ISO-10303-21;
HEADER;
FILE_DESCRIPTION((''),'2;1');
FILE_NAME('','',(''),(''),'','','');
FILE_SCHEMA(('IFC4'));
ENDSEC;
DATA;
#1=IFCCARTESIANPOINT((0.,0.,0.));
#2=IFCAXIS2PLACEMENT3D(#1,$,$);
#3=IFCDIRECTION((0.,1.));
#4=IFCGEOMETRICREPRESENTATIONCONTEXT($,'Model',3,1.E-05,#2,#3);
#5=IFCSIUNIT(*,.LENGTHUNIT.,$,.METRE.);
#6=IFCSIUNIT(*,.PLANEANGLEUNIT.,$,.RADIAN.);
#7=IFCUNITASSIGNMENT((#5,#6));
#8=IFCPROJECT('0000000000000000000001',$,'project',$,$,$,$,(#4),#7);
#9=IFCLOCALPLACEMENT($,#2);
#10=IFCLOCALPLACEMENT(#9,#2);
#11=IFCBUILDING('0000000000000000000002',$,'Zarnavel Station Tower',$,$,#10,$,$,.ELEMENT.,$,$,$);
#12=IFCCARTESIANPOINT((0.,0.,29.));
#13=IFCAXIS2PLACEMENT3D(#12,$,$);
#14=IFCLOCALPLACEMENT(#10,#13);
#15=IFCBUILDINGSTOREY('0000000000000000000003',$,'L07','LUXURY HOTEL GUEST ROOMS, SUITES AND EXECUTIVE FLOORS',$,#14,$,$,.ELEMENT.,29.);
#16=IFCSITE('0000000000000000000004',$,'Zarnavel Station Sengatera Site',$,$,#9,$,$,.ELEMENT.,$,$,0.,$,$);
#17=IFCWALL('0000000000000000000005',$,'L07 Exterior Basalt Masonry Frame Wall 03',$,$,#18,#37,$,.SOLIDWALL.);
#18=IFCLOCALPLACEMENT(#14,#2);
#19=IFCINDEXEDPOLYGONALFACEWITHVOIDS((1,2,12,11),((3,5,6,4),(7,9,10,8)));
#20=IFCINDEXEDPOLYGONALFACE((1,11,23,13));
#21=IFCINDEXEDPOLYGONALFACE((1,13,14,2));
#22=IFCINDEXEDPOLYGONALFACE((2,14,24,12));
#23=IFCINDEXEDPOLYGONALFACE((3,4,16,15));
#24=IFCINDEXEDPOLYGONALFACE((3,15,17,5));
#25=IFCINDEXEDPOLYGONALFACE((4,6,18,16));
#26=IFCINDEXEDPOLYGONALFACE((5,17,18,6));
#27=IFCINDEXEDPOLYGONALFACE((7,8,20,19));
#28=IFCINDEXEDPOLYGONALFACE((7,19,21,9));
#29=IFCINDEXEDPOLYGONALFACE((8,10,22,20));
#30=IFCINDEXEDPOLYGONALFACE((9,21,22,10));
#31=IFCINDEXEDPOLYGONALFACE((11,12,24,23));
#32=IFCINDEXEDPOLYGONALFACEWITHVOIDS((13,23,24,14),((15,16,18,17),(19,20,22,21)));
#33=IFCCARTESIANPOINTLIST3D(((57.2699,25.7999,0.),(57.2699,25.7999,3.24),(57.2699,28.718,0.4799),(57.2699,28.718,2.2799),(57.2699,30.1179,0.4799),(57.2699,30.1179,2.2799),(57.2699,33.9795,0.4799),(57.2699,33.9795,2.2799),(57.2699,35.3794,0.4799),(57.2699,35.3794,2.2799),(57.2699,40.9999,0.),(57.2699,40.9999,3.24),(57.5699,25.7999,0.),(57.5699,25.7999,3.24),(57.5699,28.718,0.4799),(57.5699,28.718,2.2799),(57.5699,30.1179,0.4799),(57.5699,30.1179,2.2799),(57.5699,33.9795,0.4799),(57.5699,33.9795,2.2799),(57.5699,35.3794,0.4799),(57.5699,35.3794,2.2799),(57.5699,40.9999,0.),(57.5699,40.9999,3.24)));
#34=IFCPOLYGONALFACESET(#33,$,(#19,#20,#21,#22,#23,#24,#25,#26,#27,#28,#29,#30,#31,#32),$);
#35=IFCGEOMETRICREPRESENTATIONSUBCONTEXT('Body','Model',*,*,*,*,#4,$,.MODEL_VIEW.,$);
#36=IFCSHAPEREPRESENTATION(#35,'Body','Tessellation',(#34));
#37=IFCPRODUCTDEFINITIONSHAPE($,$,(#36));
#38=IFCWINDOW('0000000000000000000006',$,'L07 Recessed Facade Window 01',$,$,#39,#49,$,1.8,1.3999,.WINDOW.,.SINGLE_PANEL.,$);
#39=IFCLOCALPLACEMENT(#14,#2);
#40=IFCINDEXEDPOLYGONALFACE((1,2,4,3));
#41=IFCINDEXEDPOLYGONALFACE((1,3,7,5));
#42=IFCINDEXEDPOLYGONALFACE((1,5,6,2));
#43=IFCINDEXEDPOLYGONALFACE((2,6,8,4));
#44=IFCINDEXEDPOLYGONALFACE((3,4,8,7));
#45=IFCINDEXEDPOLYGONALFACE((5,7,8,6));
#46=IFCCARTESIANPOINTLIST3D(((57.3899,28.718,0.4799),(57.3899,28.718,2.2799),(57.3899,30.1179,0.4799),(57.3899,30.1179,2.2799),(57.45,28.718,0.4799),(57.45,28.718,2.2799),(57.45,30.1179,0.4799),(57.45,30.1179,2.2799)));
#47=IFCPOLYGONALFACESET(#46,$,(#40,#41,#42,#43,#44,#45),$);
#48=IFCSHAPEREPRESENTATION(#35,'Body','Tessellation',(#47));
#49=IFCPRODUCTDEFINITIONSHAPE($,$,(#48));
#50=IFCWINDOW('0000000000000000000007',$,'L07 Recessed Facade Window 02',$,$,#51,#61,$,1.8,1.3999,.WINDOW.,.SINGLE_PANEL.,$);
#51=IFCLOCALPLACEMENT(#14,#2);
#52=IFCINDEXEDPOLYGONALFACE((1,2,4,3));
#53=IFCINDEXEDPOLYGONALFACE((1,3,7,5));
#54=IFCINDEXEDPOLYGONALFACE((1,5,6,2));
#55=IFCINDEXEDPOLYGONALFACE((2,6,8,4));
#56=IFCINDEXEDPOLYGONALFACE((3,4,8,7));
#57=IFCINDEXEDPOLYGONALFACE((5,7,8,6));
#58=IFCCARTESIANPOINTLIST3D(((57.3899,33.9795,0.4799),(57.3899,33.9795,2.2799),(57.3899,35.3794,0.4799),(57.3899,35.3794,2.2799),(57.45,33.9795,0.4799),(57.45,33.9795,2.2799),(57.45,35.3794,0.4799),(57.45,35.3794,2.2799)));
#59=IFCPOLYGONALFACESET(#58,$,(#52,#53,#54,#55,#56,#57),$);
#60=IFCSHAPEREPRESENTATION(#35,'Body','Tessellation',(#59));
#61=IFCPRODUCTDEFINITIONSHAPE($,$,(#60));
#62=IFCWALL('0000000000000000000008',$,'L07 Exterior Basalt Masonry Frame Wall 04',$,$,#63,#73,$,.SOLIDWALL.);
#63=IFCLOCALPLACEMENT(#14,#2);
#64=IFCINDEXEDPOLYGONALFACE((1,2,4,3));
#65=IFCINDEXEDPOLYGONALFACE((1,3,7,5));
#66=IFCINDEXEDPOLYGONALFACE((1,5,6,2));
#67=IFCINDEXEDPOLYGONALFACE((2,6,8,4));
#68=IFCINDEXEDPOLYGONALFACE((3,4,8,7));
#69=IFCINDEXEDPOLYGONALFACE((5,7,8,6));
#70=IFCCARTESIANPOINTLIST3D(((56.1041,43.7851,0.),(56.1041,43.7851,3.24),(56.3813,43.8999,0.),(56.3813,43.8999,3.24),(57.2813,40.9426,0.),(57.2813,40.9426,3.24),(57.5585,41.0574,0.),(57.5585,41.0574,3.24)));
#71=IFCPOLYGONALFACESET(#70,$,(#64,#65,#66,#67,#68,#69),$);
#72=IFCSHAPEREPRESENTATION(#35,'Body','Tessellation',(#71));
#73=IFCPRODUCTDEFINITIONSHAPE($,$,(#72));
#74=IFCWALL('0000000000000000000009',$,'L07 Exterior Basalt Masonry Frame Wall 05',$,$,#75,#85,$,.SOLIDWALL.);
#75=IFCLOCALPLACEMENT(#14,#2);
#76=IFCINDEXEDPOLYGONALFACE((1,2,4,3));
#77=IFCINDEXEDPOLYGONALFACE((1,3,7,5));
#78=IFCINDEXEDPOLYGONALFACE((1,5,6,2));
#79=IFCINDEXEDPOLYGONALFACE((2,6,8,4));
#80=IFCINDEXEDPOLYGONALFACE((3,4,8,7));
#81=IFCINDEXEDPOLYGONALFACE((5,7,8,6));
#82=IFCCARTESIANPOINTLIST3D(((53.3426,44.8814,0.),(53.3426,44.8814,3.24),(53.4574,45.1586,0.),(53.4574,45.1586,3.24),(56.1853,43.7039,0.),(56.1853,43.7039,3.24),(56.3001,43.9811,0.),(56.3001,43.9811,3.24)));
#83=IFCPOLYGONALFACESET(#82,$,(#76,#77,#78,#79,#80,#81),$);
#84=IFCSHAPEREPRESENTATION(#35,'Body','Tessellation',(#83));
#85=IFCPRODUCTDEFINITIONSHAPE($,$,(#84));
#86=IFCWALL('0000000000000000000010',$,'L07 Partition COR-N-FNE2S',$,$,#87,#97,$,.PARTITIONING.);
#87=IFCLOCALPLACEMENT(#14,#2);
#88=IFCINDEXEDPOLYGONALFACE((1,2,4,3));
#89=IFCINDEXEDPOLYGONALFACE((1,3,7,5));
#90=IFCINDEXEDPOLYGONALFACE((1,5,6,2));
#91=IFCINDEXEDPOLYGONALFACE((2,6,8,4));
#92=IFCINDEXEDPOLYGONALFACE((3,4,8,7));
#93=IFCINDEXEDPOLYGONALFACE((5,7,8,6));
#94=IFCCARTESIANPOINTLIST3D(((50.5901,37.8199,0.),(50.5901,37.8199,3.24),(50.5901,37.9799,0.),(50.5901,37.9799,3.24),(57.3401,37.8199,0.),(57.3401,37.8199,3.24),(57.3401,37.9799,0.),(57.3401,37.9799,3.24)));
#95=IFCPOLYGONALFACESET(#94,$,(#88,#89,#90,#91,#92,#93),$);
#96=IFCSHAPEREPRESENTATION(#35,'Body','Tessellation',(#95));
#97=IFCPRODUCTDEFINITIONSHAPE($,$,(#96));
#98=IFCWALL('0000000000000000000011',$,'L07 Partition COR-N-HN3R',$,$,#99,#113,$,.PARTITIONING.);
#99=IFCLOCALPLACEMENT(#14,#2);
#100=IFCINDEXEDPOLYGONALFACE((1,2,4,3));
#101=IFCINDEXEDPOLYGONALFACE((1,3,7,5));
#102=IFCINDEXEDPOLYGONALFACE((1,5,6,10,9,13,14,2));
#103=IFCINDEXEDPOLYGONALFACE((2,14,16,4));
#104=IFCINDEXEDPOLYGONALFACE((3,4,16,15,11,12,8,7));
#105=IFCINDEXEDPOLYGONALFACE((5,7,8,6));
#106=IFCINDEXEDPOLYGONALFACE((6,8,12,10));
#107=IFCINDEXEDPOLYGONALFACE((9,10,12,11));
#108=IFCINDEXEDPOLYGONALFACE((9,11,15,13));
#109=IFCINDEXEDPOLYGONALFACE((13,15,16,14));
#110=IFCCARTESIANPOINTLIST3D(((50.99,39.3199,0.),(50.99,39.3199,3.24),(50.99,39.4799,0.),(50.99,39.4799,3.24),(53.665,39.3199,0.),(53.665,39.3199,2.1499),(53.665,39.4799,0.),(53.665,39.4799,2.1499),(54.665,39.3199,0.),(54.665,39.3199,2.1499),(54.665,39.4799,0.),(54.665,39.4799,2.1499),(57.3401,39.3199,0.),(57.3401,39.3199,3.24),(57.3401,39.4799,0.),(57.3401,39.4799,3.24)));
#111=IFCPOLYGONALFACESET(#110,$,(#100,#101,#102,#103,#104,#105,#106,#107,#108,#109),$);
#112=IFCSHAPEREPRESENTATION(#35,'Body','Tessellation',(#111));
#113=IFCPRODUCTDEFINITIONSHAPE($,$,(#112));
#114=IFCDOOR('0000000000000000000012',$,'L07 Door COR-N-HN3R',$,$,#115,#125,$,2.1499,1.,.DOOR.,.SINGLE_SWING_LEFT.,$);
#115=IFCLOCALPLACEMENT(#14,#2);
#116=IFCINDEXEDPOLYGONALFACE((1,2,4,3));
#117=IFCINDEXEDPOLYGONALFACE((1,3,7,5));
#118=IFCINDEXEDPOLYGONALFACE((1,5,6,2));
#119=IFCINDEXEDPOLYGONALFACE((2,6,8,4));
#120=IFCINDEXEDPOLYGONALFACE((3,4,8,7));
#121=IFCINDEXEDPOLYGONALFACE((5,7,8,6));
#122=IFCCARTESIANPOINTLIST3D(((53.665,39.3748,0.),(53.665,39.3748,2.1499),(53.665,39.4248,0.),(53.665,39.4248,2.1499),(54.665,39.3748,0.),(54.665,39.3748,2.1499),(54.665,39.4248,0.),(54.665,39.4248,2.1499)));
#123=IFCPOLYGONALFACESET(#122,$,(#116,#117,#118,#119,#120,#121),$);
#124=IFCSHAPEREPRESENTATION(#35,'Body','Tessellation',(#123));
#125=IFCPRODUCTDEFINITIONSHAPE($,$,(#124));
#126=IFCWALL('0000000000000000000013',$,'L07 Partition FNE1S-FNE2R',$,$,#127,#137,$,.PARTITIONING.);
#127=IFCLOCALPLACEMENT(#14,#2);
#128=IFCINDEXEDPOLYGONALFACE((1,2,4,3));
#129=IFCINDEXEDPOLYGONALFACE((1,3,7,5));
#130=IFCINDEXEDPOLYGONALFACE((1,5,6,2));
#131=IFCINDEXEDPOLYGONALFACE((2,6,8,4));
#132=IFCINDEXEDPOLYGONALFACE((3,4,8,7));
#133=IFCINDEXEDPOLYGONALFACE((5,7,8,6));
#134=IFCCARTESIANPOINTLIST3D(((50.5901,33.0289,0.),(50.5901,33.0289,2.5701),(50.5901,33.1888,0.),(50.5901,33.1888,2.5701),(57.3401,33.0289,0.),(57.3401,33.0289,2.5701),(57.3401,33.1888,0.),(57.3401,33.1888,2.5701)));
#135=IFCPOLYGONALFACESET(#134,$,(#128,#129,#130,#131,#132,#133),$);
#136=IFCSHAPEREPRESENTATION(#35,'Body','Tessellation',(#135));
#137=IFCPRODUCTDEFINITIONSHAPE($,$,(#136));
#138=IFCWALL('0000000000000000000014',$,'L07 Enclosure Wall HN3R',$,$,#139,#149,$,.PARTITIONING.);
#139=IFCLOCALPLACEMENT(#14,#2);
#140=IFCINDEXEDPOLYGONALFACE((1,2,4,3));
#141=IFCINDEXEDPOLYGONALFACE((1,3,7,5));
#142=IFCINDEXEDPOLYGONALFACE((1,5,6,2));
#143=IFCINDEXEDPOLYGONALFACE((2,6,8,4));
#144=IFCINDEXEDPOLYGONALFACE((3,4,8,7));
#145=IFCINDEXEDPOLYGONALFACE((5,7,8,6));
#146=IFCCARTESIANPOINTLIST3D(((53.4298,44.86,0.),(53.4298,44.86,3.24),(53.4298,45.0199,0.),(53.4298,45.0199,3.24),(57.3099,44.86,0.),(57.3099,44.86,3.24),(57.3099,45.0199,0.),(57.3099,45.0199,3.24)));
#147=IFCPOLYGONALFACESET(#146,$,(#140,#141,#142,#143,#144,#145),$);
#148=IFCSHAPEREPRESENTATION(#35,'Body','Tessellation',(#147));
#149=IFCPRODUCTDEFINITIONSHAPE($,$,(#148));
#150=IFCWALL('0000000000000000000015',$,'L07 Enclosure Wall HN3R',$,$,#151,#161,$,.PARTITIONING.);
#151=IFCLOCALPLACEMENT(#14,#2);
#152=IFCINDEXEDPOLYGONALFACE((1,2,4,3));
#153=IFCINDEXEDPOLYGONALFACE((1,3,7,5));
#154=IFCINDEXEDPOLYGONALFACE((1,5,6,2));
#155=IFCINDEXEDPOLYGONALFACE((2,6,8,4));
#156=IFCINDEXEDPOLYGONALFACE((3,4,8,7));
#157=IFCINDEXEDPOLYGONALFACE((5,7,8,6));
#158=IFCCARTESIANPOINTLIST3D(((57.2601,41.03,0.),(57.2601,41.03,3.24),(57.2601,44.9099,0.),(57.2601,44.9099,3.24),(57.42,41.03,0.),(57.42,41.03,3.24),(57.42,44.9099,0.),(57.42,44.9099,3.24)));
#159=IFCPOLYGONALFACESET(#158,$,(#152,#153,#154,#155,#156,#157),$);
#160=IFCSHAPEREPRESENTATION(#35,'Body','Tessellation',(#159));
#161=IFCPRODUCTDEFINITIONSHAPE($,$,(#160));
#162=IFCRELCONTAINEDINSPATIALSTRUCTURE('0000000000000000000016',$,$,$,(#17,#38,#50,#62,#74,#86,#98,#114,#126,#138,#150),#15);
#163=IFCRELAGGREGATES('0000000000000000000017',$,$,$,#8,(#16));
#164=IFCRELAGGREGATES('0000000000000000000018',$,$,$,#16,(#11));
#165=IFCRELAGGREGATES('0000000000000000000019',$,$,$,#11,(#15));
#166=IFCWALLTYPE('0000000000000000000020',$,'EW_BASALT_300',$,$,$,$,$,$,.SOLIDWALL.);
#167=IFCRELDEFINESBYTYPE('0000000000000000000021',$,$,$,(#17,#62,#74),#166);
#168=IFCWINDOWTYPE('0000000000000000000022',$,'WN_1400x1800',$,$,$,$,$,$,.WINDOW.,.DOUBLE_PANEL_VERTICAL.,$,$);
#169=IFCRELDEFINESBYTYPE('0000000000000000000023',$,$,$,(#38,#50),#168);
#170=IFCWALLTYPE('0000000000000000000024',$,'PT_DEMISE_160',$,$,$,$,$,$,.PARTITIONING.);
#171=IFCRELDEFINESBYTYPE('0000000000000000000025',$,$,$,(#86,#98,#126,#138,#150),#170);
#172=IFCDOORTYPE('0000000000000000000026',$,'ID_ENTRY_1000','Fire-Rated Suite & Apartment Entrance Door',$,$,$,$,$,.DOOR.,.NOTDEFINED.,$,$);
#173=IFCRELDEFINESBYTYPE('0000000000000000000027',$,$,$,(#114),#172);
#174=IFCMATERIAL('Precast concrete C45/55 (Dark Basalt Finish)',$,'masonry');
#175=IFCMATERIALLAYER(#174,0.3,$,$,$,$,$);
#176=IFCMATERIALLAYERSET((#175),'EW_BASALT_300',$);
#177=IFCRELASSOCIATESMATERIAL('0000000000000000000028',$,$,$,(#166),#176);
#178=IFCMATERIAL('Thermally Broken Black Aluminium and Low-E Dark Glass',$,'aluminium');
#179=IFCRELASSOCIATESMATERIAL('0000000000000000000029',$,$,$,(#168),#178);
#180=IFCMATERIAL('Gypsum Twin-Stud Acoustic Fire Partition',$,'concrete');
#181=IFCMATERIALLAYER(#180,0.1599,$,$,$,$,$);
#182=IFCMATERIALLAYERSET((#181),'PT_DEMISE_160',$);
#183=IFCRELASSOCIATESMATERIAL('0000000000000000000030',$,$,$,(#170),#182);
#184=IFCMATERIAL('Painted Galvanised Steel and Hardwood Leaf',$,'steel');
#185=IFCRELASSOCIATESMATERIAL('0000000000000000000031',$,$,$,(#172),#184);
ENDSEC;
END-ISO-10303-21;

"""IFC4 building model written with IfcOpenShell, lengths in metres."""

from ifc_helpers import new_model, si_unit, direction, frame, frame_2d, origin, place, context, subcontext, project, spatial, rectangle, extrude, material, layer, layer_set, type_object, element, fill, save


model = new_model("IFC4")

# Units and contexts
model_context = context("Model", 3, precision=1e-05, world=origin(), true_north=direction((0.0, 1.0)))
body_context = subcontext(model_context, "Body", "Model", "MODEL_VIEW")
ifc_project = project(units=[si_unit("LENGTHUNIT", "METRE"), si_unit("PLANEANGLEUNIT", "RADIAN")], contexts=[model_context])

# Site, building, storey
site_placement = place(None, origin())
site = spatial("IfcSite", under=ifc_project, at=site_placement, Name="Zarnavel Station Sengatera Site", CompositionType="ELEMENT", RefElevation=0.0)
building_placement = place(site_placement, origin())
building = spatial("IfcBuilding", under=site, at=building_placement, Name="Zarnavel Station Tower", CompositionType="ELEMENT")
storey_placement = place(building_placement, frame((0.0, 0.0, 29.0)))
storey = spatial("IfcBuildingStorey", under=building, at=storey_placement, Name="L07", Description="LUXURY HOTEL GUEST ROOMS, SUITES AND EXECUTIVE FLOORS", CompositionType="ELEMENT", Elevation=29.0)

# Wall, openings, windows
ifc_material_1 = material(Name="Precast concrete C45/55 (Dark Basalt Finish)", Category="masonry")
ifc_layer_1 = layer(ifc_material_1, 0.3)
ifc_layer_set_1 = layer_set([ifc_layer_1], Name="EW_BASALT_300")
wall_type_1 = type_object("IfcWallType", Name="EW_BASALT_300", PredefinedType="SOLIDWALL", material=ifc_layer_set_1)
wall_1_placement = place(storey_placement, frame((57.4199, 41.0, 0.0), z_axis=(0.0, 0.0, 1.0), x_axis=(0.0, -1.0, 0.0)))
wall_1 = element("IfcWall", 1, at=wall_1_placement, inside=storey, type_object=wall_type_1, Name="L07 Exterior Basalt Masonry Frame Wall 03", PredefinedType="SOLIDWALL", context=body_context, shape_type="SweptSolid", body=[
    extrude(rectangle(XDim=15.2, YDim=0.3, at=frame_2d((7.6001, 0.0))), origin(), (0.0, 0.0, 1.0), 3.24),
])
opening_1_placement = place(wall_1_placement, frame((10.8821, 0.0, 0.48)))
opening_1 = element("IfcOpeningElement", 2, at=opening_1_placement, cuts=wall_1, PredefinedType="OPENING", context=body_context, shape_type="SweptSolid", body=[
    extrude(rectangle(XDim=1.3999, YDim=1.8, at=frame_2d((0.7, 0.8999))), frame((0.0, 0.1599, 0.0), z_axis=(0.0, -1.0, 0.0), x_axis=(1.0, 0.0, 0.0)), (0.0, 0.0, 1.0), 0.3201),
])
opening_2_placement = place(wall_1_placement, frame((5.6206, 0.0, 0.48)))
opening_2 = element("IfcOpeningElement", 3, at=opening_2_placement, cuts=wall_1, PredefinedType="OPENING", context=body_context, shape_type="SweptSolid", body=[
    extrude(rectangle(XDim=1.3999, YDim=1.8, at=frame_2d((0.7, 0.8999))), frame((0.0, 0.1599, 0.0), z_axis=(0.0, -1.0, 0.0), x_axis=(1.0, 0.0, 0.0)), (0.0, 0.0, 1.0), 0.3201),
])
ifc_material_2 = material(Name="Thermally Broken Black Aluminium and Low-E Dark Glass", Category="aluminium")
window_type = type_object("IfcWindowType", Name="WN_1400x1800", PartitioningType="DOUBLE_PANEL_VERTICAL", PredefinedType="WINDOW", material=ifc_material_2)
window_1_placement = place(opening_1_placement, origin())
window_1 = element("IfcWindow", 4, at=window_1_placement, inside=storey, type_object=window_type, Name="L07 Recessed Facade Window 01", OverallHeight=1.8, OverallWidth=1.3999, PartitioningType="SINGLE_PANEL", PredefinedType="WINDOW", context=body_context, shape_type="SweptSolid", body=[
    extrude(rectangle(XDim=1.3999, YDim=1.8, at=frame_2d((0.7, 0.8999))), frame((0.0, 0.03, 0.0), z_axis=(0.0, -1.0, 0.0), x_axis=(1.0, 0.0, 0.0)), (0.0, 0.0, 1.0), 0.0601),
])
fill(opening_1, window_1)
window_2_placement = place(opening_2_placement, origin())
window_2 = element("IfcWindow", 5, at=window_2_placement, inside=storey, type_object=window_type, Name="L07 Recessed Facade Window 02", OverallHeight=1.8, OverallWidth=1.3999, PartitioningType="SINGLE_PANEL", PredefinedType="WINDOW", context=body_context, shape_type="SweptSolid", body=[
    extrude(rectangle(XDim=1.3999, YDim=1.8, at=frame_2d((0.7, 0.8999))), frame((0.0, 0.03, 0.0), z_axis=(0.0, -1.0, 0.0), x_axis=(1.0, 0.0, 0.0)), (0.0, 0.0, 1.0), 0.0601),
])
fill(opening_2, window_2)

# Walls
wall_2_placement = place(storey_placement, frame((56.2427, 43.8425, 0.0), z_axis=(0.0, 0.0, 1.0), x_axis=(0.382637, -0.923899, 0.0)))
element("IfcWall", 6, at=wall_2_placement, inside=storey, type_object=wall_type_1, Name="L07 Exterior Basalt Masonry Frame Wall 04", PredefinedType="SOLIDWALL", context=body_context, shape_type="SweptSolid", body=[
    extrude(rectangle(XDim=3.0767, YDim=0.3, at=frame_2d((1.5383, 0.0))), origin(), (0.0, 0.0, 1.0), 3.24),
])
wall_3_placement = place(storey_placement, frame((53.3999, 45.02, 0.0), z_axis=(0.0, 0.0, 1.0), x_axis=(0.923882, -0.382676, 0.0)))
element("IfcWall", 7, at=wall_3_placement, inside=storey, type_object=wall_type_1, Name="L07 Exterior Basalt Masonry Frame Wall 05", PredefinedType="SOLIDWALL", context=body_context, shape_type="SweptSolid", body=[
    extrude(rectangle(XDim=3.0769, YDim=0.3, at=frame_2d((1.5386, 0.0))), origin(), (0.0, 0.0, 1.0), 3.24),
])
ifc_material_3 = material(Name="Gypsum Twin-Stud Acoustic Fire Partition", Category="concrete")
ifc_layer_2 = layer(ifc_material_3, 0.1599)
ifc_layer_set_2 = layer_set([ifc_layer_2], Name="PT_DEMISE_160")
wall_type_2 = type_object("IfcWallType", Name="PT_DEMISE_160", PredefinedType="PARTITIONING", material=ifc_layer_set_2)
wall_4_placement = place(storey_placement, frame((50.5901, 37.8999, 0.0), z_axis=(0.0, 0.0, 1.0), x_axis=(1.0, 0.0, 0.0)))
element("IfcWall", 8, at=wall_4_placement, inside=storey, type_object=wall_type_2, Name="L07 Partition COR-N-FNE2S", PredefinedType="PARTITIONING", context=body_context, shape_type="SweptSolid", body=[
    extrude(rectangle(XDim=6.75, YDim=0.1599, at=frame_2d((3.375, 0.0))), origin(), (0.0, 0.0, 1.0), 3.24),
])

# Wall, opening, door
wall_5_placement = place(storey_placement, frame((50.99, 39.3999, 0.0), z_axis=(0.0, 0.0, 1.0), x_axis=(1.0, 0.0, 0.0)))
wall_5 = element("IfcWall", 9, at=wall_5_placement, inside=storey, type_object=wall_type_2, Name="L07 Partition COR-N-HN3R", PredefinedType="PARTITIONING", context=body_context, shape_type="SweptSolid", body=[
    extrude(rectangle(XDim=6.3501, YDim=0.1599, at=frame_2d((3.175, 0.0))), origin(), (0.0, 0.0, 1.0), 3.24),
])
opening_3_placement = place(wall_5_placement, frame((2.675, 0.0, 0.0)))
opening_3 = element("IfcOpeningElement", 10, at=opening_3_placement, cuts=wall_5, PredefinedType="OPENING", context=body_context, shape_type="SweptSolid", body=[
    extrude(rectangle(XDim=1.0, YDim=2.1499, at=frame_2d((0.5, 1.075))), frame((0.0, 0.0898, 0.0), z_axis=(0.0, -1.0, 0.0), x_axis=(1.0, 0.0, 0.0)), (0.0, 0.0, 1.0), 0.1799),
])
ifc_material_4 = material(Name="Painted Galvanised Steel and Hardwood Leaf", Category="steel")
door_type_1 = type_object("IfcDoorType", Name="ID_ENTRY_1000", Description="Fire-Rated Suite & Apartment Entrance Door", OperationType="NOTDEFINED", PredefinedType="DOOR", material=ifc_material_4)
door_1_placement = place(opening_3_placement, origin())
door_1 = element("IfcDoor", 11, at=door_1_placement, inside=storey, type_object=door_type_1, Name="L07 Door COR-N-HN3R", OperationType="SINGLE_SWING_LEFT", OverallHeight=2.1499, OverallWidth=1.0, PredefinedType="DOOR", context=body_context, shape_type="SweptSolid", body=[
    extrude(rectangle(XDim=1.0, YDim=2.1499, at=frame_2d((0.5, 1.075))), frame((0.0, 0.0249, 0.0), z_axis=(0.0, -1.0, 0.0), x_axis=(1.0, 0.0, 0.0)), (0.0, 0.0, 1.0), 0.05),
])
fill(opening_3, door_1)

# Walls
wall_6_placement = place(storey_placement, frame((50.5901, 33.1089, 0.0), z_axis=(0.0, 0.0, 1.0), x_axis=(1.0, 0.0, 0.0)))
element("IfcWall", 12, at=wall_6_placement, inside=storey, type_object=wall_type_2, Name="L07 Partition FNE1S-FNE2R", PredefinedType="PARTITIONING", context=body_context, shape_type="SweptSolid", body=[
    extrude(rectangle(XDim=6.75, YDim=0.1599, at=frame_2d((3.375, 0.0))), origin(), (0.0, 0.0, 1.0), 2.5701),
])
wall_7_placement = place(storey_placement, frame((53.4299, 44.9399, 0.0), z_axis=(0.0, 0.0, 1.0), x_axis=(1.0, 0.0, 0.0)))
element("IfcWall", 13, at=wall_7_placement, inside=storey, type_object=wall_type_2, Name="L07 Enclosure Wall HN3R", PredefinedType="PARTITIONING", context=body_context, shape_type="SweptSolid", body=[
    extrude(rectangle(XDim=3.8801, YDim=0.1599, at=frame_2d((1.9399, 0.0))), origin(), (0.0, 0.0, 1.0), 3.24),
])
wall_8_placement = place(storey_placement, frame((57.3401, 41.03, 0.0), z_axis=(0.0, 0.0, 1.0), x_axis=(0.0, 1.0, 0.0)))
element("IfcWall", 14, at=wall_8_placement, inside=storey, type_object=wall_type_2, Name="L07 Enclosure Wall HN3R", PredefinedType="PARTITIONING", context=body_context, shape_type="SweptSolid", body=[
    extrude(rectangle(XDim=3.8799, YDim=0.1599, at=frame_2d((1.9399, 0.0))), origin(), (0.0, 0.0, 1.0), 3.24),
])

save(model, "model.ifc")
